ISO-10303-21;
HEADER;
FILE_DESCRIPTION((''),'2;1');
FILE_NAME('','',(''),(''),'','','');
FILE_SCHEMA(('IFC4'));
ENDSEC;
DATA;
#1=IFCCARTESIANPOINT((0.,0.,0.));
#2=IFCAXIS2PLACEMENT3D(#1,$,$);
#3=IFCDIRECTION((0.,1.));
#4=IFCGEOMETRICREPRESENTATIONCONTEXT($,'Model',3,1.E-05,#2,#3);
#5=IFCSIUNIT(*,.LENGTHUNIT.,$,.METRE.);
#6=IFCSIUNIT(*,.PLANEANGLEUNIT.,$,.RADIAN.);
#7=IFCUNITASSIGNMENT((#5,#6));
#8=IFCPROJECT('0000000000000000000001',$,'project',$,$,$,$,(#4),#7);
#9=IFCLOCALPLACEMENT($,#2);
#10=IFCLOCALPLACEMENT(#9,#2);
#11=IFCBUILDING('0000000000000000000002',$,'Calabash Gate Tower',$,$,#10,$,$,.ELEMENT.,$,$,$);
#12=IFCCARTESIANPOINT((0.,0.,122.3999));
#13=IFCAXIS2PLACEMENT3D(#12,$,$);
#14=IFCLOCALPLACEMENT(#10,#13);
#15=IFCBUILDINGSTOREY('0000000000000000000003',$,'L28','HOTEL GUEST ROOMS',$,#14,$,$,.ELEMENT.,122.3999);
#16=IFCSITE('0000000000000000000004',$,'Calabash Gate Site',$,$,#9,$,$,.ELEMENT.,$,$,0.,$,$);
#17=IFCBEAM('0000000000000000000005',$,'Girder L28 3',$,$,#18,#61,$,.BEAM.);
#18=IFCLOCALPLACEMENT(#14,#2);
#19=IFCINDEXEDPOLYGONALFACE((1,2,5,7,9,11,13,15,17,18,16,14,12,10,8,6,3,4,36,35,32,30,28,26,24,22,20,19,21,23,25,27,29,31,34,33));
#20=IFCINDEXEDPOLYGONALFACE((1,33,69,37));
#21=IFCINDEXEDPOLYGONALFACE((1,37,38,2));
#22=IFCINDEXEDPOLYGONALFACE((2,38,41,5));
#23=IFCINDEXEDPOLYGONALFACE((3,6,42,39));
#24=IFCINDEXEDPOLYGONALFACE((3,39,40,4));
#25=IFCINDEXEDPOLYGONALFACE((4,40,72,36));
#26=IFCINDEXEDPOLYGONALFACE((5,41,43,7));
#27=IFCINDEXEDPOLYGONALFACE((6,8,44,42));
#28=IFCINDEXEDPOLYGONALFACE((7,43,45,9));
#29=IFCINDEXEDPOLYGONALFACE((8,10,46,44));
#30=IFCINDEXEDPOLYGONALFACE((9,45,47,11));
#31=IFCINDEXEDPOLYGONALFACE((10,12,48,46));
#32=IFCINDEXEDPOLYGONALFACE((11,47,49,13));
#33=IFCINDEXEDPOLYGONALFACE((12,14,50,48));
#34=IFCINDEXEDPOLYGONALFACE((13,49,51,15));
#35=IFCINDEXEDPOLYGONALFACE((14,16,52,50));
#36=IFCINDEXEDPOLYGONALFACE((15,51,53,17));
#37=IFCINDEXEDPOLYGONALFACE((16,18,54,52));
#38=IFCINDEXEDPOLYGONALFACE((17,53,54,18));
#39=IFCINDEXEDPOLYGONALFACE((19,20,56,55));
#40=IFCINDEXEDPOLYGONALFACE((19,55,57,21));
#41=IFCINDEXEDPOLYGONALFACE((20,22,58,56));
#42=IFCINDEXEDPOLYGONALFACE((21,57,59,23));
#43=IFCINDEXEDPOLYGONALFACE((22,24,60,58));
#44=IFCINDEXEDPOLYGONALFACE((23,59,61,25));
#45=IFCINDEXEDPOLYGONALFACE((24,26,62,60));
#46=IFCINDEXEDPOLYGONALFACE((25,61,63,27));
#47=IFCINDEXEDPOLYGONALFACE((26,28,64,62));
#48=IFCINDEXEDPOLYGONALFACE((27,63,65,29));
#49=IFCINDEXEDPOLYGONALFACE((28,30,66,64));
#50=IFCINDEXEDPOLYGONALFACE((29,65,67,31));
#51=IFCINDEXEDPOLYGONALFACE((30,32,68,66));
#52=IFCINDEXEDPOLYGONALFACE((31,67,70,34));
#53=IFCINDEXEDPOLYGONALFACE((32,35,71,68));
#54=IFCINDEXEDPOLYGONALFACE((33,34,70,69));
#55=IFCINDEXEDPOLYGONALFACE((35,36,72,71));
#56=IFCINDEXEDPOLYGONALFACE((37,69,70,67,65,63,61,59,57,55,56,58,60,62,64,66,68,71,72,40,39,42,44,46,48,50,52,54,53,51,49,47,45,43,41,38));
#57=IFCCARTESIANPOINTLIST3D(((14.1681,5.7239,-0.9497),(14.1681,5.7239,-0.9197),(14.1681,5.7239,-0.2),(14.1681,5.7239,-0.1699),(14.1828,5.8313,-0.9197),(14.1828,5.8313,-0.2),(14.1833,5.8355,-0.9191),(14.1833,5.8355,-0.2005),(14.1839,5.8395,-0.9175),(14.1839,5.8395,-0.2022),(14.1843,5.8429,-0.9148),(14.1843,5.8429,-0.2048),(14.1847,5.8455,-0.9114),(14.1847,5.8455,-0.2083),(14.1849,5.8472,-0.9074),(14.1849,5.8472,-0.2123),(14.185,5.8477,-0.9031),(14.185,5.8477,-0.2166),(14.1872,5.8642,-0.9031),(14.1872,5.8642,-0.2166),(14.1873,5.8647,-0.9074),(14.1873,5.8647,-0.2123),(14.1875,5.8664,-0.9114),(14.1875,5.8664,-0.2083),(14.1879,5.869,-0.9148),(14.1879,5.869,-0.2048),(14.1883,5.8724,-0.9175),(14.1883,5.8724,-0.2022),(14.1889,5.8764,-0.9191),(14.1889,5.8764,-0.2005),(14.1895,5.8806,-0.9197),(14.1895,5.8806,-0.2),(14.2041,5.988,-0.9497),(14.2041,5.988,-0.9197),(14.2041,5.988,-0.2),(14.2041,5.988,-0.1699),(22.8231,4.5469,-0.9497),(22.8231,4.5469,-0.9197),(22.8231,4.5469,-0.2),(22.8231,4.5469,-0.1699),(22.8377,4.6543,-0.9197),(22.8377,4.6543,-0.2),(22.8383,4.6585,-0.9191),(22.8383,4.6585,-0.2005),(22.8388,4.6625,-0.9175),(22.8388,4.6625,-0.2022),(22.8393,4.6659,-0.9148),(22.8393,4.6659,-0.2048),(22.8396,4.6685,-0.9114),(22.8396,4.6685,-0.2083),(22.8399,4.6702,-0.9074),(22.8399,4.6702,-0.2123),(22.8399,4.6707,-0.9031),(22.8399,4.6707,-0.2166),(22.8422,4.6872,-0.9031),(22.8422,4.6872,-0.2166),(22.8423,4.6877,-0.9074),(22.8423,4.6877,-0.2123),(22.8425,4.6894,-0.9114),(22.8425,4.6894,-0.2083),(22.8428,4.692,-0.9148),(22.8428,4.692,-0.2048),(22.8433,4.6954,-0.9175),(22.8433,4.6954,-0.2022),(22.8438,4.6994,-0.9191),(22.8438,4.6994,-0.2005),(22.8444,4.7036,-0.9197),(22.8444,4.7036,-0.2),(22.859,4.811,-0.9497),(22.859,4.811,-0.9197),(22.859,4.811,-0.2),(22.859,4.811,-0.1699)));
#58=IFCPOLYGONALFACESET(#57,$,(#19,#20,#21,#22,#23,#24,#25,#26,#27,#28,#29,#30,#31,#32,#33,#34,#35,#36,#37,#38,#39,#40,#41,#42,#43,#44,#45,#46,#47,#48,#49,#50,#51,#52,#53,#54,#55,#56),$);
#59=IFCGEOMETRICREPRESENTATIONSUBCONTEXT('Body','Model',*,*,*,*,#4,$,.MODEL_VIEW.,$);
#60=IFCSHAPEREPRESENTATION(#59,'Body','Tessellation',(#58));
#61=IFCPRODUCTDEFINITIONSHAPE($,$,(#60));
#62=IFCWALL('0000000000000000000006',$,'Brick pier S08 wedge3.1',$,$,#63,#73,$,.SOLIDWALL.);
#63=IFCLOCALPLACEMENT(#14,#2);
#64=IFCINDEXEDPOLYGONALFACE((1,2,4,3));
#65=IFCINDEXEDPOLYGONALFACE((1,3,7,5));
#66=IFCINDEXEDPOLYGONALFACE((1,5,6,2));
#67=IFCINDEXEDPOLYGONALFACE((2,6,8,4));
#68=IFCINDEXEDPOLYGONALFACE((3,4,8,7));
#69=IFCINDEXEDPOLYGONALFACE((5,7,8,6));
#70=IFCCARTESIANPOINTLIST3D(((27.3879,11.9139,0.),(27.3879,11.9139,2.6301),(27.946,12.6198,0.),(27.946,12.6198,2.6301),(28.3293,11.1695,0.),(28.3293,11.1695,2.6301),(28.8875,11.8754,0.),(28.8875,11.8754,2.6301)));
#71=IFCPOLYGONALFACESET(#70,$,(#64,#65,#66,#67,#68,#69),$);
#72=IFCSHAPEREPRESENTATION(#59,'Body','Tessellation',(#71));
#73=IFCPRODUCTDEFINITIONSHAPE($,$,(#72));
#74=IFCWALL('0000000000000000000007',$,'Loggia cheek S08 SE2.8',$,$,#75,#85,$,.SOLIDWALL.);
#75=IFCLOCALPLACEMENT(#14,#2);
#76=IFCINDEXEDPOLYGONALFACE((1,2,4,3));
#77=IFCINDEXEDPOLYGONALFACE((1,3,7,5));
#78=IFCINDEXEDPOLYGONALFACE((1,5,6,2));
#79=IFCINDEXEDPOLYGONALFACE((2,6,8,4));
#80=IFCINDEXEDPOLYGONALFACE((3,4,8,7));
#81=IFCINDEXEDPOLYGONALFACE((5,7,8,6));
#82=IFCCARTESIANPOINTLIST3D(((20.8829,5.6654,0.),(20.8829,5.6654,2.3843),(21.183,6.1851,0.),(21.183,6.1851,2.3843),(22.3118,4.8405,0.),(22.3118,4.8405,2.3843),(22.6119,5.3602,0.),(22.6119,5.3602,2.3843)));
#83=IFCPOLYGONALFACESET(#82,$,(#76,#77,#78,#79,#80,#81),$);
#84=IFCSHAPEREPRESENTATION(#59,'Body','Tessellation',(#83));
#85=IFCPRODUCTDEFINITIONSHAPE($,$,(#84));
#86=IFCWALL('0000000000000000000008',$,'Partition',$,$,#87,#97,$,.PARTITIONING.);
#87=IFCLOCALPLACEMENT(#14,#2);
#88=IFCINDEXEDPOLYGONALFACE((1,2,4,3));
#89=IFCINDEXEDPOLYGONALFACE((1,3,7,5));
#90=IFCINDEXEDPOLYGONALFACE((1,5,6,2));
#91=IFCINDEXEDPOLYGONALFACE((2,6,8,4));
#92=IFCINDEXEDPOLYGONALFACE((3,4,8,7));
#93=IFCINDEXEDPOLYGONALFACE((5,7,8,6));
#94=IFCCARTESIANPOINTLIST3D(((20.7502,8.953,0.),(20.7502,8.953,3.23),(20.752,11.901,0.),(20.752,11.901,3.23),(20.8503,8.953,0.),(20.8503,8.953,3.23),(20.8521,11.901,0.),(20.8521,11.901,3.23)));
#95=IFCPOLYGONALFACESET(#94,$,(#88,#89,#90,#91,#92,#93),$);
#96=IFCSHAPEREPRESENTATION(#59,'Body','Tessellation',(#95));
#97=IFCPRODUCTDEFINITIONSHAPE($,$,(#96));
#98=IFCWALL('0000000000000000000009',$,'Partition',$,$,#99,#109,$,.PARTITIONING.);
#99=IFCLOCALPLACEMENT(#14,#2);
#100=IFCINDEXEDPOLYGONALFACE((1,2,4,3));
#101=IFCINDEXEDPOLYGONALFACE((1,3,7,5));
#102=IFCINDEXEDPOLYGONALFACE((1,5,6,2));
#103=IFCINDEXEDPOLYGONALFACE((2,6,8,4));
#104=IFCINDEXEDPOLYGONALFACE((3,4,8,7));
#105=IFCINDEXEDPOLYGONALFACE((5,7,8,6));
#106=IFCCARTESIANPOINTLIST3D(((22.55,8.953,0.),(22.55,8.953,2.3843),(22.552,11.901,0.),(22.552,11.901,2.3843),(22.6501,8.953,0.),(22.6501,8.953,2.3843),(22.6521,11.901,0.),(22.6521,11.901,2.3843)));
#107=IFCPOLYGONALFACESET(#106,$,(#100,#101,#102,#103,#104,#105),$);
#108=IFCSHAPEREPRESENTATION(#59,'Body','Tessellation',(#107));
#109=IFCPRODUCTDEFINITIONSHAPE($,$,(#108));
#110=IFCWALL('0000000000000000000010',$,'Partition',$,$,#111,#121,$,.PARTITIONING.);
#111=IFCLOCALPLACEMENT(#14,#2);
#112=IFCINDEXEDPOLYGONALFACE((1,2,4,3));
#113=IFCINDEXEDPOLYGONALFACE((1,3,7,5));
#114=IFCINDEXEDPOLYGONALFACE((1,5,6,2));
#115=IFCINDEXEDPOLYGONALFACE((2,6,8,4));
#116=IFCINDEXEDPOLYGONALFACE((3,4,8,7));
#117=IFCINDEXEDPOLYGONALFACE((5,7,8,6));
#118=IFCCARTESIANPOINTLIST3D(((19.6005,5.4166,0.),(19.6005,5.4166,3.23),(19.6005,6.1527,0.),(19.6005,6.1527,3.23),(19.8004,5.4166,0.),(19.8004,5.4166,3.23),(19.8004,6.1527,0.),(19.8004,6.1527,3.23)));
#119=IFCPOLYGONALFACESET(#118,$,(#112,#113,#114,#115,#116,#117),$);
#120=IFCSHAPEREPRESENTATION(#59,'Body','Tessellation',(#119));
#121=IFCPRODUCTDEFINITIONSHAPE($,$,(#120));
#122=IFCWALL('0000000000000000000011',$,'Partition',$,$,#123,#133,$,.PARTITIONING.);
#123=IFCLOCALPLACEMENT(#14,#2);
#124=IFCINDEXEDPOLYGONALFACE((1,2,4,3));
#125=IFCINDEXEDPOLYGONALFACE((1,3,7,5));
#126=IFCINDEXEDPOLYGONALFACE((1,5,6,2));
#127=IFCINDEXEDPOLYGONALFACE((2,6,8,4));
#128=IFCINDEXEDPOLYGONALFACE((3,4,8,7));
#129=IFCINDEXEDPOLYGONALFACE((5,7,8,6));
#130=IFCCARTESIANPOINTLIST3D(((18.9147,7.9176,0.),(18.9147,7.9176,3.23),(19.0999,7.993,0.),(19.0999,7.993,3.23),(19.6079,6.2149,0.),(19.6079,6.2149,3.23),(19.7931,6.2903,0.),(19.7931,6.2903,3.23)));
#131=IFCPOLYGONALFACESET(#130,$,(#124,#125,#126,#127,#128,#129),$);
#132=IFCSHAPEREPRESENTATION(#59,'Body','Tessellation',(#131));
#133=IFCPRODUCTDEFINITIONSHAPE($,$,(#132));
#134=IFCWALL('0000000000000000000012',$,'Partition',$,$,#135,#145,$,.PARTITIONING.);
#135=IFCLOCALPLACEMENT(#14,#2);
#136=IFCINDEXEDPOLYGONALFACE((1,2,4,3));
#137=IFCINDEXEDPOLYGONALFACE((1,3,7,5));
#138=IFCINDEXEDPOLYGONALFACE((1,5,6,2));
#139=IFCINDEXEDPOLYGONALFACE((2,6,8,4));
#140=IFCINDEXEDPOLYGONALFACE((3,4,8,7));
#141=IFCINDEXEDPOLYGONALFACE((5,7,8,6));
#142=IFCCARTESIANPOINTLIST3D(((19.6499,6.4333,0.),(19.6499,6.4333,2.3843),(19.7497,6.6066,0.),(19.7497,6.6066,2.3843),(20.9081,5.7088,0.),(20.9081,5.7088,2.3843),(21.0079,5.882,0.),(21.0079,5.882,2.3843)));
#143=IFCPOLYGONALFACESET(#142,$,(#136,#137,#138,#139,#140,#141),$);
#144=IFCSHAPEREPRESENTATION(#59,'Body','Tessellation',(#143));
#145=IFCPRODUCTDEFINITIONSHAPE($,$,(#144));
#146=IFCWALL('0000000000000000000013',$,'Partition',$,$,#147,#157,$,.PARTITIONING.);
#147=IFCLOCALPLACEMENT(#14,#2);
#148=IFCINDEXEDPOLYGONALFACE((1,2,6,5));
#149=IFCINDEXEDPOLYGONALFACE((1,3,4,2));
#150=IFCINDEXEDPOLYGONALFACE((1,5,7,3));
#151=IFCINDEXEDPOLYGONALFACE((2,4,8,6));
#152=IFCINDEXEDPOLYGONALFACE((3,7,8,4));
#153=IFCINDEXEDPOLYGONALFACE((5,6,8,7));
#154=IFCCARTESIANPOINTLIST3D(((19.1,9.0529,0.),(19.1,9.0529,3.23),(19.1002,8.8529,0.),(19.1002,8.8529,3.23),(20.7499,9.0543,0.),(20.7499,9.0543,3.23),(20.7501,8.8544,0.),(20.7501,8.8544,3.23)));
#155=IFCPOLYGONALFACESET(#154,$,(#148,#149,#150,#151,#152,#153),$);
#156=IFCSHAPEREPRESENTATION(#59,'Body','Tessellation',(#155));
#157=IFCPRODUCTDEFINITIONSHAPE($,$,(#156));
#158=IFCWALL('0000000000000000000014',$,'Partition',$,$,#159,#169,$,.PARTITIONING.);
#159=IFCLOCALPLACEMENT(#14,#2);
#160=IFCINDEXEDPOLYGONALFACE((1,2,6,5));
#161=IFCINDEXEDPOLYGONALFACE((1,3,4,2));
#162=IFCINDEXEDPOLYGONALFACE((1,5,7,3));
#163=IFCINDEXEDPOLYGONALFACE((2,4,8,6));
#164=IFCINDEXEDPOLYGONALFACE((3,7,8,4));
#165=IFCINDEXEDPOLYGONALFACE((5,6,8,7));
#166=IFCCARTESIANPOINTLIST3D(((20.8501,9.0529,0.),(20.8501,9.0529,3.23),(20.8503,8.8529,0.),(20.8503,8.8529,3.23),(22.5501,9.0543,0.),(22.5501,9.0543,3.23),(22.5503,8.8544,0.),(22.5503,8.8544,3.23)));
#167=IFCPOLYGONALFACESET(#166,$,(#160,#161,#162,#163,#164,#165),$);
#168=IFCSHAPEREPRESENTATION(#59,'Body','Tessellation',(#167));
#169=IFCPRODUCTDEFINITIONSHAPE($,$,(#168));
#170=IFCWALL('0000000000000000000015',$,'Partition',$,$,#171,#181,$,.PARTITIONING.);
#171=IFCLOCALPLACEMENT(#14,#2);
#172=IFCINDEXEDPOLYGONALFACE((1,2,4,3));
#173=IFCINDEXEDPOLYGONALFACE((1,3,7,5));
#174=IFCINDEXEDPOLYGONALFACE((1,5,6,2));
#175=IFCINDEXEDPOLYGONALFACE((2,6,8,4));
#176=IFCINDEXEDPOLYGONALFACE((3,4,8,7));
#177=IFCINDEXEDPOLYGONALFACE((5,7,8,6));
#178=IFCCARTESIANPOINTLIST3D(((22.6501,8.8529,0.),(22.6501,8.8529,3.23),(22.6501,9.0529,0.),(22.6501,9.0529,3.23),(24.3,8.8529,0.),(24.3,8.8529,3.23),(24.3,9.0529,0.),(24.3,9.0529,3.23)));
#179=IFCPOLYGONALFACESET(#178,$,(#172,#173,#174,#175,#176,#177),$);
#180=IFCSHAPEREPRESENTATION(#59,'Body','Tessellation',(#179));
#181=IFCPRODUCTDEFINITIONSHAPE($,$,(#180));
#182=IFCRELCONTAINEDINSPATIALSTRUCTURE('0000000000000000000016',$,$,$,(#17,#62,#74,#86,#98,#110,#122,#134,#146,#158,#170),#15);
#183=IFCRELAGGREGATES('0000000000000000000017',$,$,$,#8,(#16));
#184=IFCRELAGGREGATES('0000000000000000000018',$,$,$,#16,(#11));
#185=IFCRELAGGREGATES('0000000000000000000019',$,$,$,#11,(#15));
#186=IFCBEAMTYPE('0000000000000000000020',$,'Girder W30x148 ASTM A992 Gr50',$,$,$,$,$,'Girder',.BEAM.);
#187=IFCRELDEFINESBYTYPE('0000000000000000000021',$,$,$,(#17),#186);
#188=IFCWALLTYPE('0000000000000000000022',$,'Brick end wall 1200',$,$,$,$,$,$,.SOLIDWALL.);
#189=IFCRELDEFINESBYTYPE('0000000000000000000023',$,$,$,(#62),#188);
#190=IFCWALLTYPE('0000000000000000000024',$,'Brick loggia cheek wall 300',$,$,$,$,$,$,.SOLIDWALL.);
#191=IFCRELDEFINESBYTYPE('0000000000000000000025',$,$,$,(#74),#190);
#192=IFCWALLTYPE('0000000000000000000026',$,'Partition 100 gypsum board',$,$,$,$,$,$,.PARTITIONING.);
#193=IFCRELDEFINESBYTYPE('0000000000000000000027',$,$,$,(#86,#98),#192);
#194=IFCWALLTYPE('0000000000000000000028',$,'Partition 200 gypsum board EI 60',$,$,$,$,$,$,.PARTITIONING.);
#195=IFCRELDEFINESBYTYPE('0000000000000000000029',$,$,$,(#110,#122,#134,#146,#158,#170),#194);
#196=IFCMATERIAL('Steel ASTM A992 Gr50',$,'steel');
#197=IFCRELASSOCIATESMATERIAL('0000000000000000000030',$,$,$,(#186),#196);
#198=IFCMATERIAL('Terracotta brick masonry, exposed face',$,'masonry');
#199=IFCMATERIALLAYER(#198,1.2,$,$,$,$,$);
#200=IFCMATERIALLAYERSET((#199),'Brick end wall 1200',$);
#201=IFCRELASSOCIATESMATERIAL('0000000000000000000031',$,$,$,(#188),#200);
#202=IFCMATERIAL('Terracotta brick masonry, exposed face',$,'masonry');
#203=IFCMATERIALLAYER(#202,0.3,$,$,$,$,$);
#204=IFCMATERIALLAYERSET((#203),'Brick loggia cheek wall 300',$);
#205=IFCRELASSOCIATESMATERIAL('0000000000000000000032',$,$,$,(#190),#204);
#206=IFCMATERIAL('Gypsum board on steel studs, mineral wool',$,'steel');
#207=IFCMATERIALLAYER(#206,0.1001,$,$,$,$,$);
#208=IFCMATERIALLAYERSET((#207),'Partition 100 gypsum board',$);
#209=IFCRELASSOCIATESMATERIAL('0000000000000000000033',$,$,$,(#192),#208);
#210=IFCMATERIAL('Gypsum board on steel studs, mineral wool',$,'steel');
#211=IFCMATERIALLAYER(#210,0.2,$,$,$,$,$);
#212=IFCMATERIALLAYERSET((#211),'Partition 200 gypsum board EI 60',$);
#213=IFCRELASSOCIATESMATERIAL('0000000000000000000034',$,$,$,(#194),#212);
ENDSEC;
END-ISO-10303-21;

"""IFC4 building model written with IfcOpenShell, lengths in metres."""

from ifc_helpers import new_model, si_unit, direction, frame, frame_2d, origin, origin_2d, place, context, subcontext, project, spatial, rectangle, i_section, extrude, material, layer, layer_set, material_profile, profile_set, type_object, element, save


model = new_model("IFC4")

# Units and contexts
model_context = context("Model", 3, precision=1e-05, world=origin(), true_north=direction((0.0, 1.0)))
body_context = subcontext(model_context, "Body", "Model", "MODEL_VIEW")
ifc_project = project(units=[si_unit("LENGTHUNIT", "METRE"), si_unit("PLANEANGLEUNIT", "RADIAN")], contexts=[model_context])

# Site, building, storey
site_placement = place(None, origin())
site = spatial("IfcSite", under=ifc_project, at=site_placement, Name="Calabash Gate Site", CompositionType="ELEMENT", RefElevation=0.0)
building_placement = place(site_placement, origin())
building = spatial("IfcBuilding", under=site, at=building_placement, Name="Calabash Gate Tower", CompositionType="ELEMENT")
storey_placement = place(building_placement, frame((0.0, 0.0, 122.3999)))
storey = spatial("IfcBuildingStorey", under=building, at=storey_placement, Name="L28", Description="HOTEL GUEST ROOMS", CompositionType="ELEMENT", Elevation=122.3999)

# Beam
ifc_material_1 = material(Name="Steel ASTM A992 Gr50", Category="steel")
ifc_material_profile_1 = material_profile(ifc_material_1, i_section(OverallWidth=0.2666, OverallDepth=0.7798, WebThickness=0.0166, FlangeThickness=0.03, FilletRadius=0.0166, at=origin_2d()))
ifc_profile_set_1 = profile_set([ifc_material_profile_1], Name="Steel ASTM A992 Gr50")
beam_type_1 = type_object("IfcBeamType", Name="Girder W30x148 ASTM A992 Gr50", ElementType="Girder", PredefinedType="BEAM", material=ifc_profile_set_1)
beam_1_placement = place(storey_placement, frame((22.8411, 4.679, -0.5598), z_axis=(-0.99088, 0.13475, 0.0), x_axis=(-0.13475, -0.99088, 0.0)))
element("IfcBeam", 1, at=beam_1_placement, inside=storey, type_object=beam_type_1, Name="Girder L28 3", PredefinedType="BEAM", context=body_context, shape_type="SweptSolid", body=[
    extrude(i_section(OverallWidth=0.2666, OverallDepth=0.7798, WebThickness=0.0166, FlangeThickness=0.03, FilletRadius=0.0166, at=origin_2d()), origin(), (0.0, 0.0, 1.0), 8.7346),
])

# Walls
ifc_material_2 = material(Name="Terracotta brick masonry, exposed face", Category="masonry")
ifc_layer_1 = layer(ifc_material_2, 1.2)
ifc_layer_set_1 = layer_set([ifc_layer_1], Name="Brick end wall 1200")
wall_type_1 = type_object("IfcWallType", Name="Brick end wall 1200", PredefinedType="SOLIDWALL", material=ifc_layer_set_1)
wall_1_placement = place(storey_placement, frame((28.6084, 11.5225, 0.0), z_axis=(0.0, 0.0, 1.0), x_axis=(-0.784409, 0.620244, 0.0)))
element("IfcWall", 2, at=wall_1_placement, inside=storey, type_object=wall_type_1, Name="Brick pier S08 wedge3.1", PredefinedType="SOLIDWALL", context=body_context, shape_type="SweptSolid", body=[
    extrude(rectangle(XDim=1.2002, YDim=0.8999, at=frame_2d((0.6001, 0.0))), origin(), (0.0, 0.0, 1.0), 2.6301),
])
ifc_material_3 = material(Name="Terracotta brick masonry, exposed face", Category="masonry")
ifc_layer_2 = layer(ifc_material_3, 0.3)
ifc_layer_set_2 = layer_set([ifc_layer_2], Name="Brick loggia cheek wall 300")
wall_type_2 = type_object("IfcWallType", Name="Brick loggia cheek wall 300", PredefinedType="SOLIDWALL", material=ifc_layer_set_2)
wall_2_placement = place(storey_placement, frame((21.033, 5.9253, 0.0), z_axis=(0.0, 0.0, 1.0), x_axis=(0.86604, -0.499974, 0.0)))
element("IfcWall", 3, at=wall_2_placement, inside=storey, type_object=wall_type_2, Name="Loggia cheek S08 SE2.8", PredefinedType="SOLIDWALL", context=body_context, shape_type="SweptSolid", body=[
    extrude(rectangle(XDim=1.6499, YDim=0.6001, at=frame_2d((0.825, 0.0))), origin(), (0.0, 0.0, 1.0), 2.3843),
])
ifc_material_4 = material(Name="Gypsum board on steel studs, mineral wool", Category="steel")
ifc_layer_3 = layer(ifc_material_4, 0.1001)
ifc_layer_set_3 = layer_set([ifc_layer_3], Name="Partition 100 gypsum board")
wall_type_3 = type_object("IfcWallType", Name="Partition 100 gypsum board", PredefinedType="PARTITIONING", material=ifc_layer_set_3)
wall_3_placement = place(storey_placement, frame((20.8003, 8.9529, 0.0), z_axis=(0.0, 0.0, 1.0), x_axis=(0.00058, 1.0, 0.0)))
element("IfcWall", 4, at=wall_3_placement, inside=storey, type_object=wall_type_3, Name="Partition", PredefinedType="PARTITIONING", context=body_context, shape_type="SweptSolid", body=[
    extrude(rectangle(XDim=2.948, YDim=0.1001, at=frame_2d((1.4741, 0.0))), origin(), (0.0, 0.0, 1.0), 3.23),
])
wall_4_placement = place(storey_placement, frame((22.6001, 8.9529, 0.0), z_axis=(0.0, 0.0, 1.0), x_axis=(0.000663, 1.0, 0.0)))
element("IfcWall", 5, at=wall_4_placement, inside=storey, type_object=wall_type_3, Name="Partition", PredefinedType="PARTITIONING", context=body_context, shape_type="SweptSolid", body=[
    extrude(rectangle(XDim=2.948, YDim=0.1001, at=frame_2d((1.4741, 0.0))), origin(), (0.0, 0.0, 1.0), 2.3843),
])
ifc_material_5 = material(Name="Gypsum board on steel studs, mineral wool", Category="steel")
ifc_layer_4 = layer(ifc_material_5, 0.2)
ifc_layer_set_4 = layer_set([ifc_layer_4], Name="Partition 200 gypsum board EI 60")
wall_type_4 = type_object("IfcWallType", Name="Partition 200 gypsum board EI 60", PredefinedType="PARTITIONING", material=ifc_layer_set_4)
wall_5_placement = place(storey_placement, frame((19.7004, 5.4165, 0.0), z_axis=(0.0, 0.0, 1.0), x_axis=(0.0, 1.0, 0.0)))
element("IfcWall", 6, at=wall_5_placement, inside=storey, type_object=wall_type_4, Name="Partition", PredefinedType="PARTITIONING", context=body_context, shape_type="SweptSolid", body=[
    extrude(rectangle(XDim=0.7361, YDim=0.2, at=frame_2d((0.3682, 0.0))), origin(), (0.0, 0.0, 1.0), 3.23),
])
wall_6_placement = place(storey_placement, frame((19.0073, 7.9553, 0.0), z_axis=(0.0, 0.0, 1.0), x_axis=(0.37704, -0.926197, 0.0)))
element("IfcWall", 7, at=wall_6_placement, inside=storey, type_object=wall_type_4, Name="Partition", PredefinedType="PARTITIONING", context=body_context, shape_type="SweptSolid", body=[
    extrude(rectangle(XDim=1.8384, YDim=0.2, at=frame_2d((0.9192, 0.0))), origin(), (0.0, 0.0, 1.0), 3.23),
])
wall_7_placement = place(storey_placement, frame((19.6997, 6.52, 0.0), z_axis=(0.0, 0.0, 1.0), x_axis=(0.866583, -0.499033, 0.0)))
element("IfcWall", 8, at=wall_7_placement, inside=storey, type_object=wall_type_4, Name="Partition", PredefinedType="PARTITIONING", context=body_context, shape_type="SweptSolid", body=[
    extrude(rectangle(XDim=1.4519, YDim=0.2, at=frame_2d((0.7261, 0.0))), origin(), (0.0, 0.0, 1.0), 2.3843),
])
wall_8_placement = place(storey_placement, frame((19.1001, 8.9529, 0.0), z_axis=(0.0, 0.0, 1.0), x_axis=(1.0, 0.000888, 0.0)))
element("IfcWall", 9, at=wall_8_placement, inside=storey, type_object=wall_type_4, Name="Partition", PredefinedType="PARTITIONING", context=body_context, shape_type="SweptSolid", body=[
    extrude(rectangle(XDim=1.6499, YDim=0.2, at=frame_2d((0.825, 0.0))), origin(), (0.0, 0.0, 1.0), 3.23),
])
wall_9_placement = place(storey_placement, frame((20.8501, 8.9529, 0.0), z_axis=(0.0, 0.0, 1.0), x_axis=(1.0, 0.000862, 0.0)))
element("IfcWall", 10, at=wall_9_placement, inside=storey, type_object=wall_type_4, Name="Partition", PredefinedType="PARTITIONING", context=body_context, shape_type="SweptSolid", body=[
    extrude(rectangle(XDim=1.7, YDim=0.2, at=frame_2d((0.8501, 0.0))), origin(), (0.0, 0.0, 1.0), 3.23),
])
wall_10_placement = place(storey_placement, frame((22.6501, 8.9529, 0.0), z_axis=(0.0, 0.0, 1.0), x_axis=(1.0, 0.0, 0.0)))
element("IfcWall", 11, at=wall_10_placement, inside=storey, type_object=wall_type_4, Name="Partition", PredefinedType="PARTITIONING", context=body_context, shape_type="SweptSolid", body=[
    extrude(rectangle(XDim=1.6499, YDim=0.2, at=frame_2d((0.825, 0.0))), origin(), (0.0, 0.0, 1.0), 3.23),
])

save(model, "model.ifc")
